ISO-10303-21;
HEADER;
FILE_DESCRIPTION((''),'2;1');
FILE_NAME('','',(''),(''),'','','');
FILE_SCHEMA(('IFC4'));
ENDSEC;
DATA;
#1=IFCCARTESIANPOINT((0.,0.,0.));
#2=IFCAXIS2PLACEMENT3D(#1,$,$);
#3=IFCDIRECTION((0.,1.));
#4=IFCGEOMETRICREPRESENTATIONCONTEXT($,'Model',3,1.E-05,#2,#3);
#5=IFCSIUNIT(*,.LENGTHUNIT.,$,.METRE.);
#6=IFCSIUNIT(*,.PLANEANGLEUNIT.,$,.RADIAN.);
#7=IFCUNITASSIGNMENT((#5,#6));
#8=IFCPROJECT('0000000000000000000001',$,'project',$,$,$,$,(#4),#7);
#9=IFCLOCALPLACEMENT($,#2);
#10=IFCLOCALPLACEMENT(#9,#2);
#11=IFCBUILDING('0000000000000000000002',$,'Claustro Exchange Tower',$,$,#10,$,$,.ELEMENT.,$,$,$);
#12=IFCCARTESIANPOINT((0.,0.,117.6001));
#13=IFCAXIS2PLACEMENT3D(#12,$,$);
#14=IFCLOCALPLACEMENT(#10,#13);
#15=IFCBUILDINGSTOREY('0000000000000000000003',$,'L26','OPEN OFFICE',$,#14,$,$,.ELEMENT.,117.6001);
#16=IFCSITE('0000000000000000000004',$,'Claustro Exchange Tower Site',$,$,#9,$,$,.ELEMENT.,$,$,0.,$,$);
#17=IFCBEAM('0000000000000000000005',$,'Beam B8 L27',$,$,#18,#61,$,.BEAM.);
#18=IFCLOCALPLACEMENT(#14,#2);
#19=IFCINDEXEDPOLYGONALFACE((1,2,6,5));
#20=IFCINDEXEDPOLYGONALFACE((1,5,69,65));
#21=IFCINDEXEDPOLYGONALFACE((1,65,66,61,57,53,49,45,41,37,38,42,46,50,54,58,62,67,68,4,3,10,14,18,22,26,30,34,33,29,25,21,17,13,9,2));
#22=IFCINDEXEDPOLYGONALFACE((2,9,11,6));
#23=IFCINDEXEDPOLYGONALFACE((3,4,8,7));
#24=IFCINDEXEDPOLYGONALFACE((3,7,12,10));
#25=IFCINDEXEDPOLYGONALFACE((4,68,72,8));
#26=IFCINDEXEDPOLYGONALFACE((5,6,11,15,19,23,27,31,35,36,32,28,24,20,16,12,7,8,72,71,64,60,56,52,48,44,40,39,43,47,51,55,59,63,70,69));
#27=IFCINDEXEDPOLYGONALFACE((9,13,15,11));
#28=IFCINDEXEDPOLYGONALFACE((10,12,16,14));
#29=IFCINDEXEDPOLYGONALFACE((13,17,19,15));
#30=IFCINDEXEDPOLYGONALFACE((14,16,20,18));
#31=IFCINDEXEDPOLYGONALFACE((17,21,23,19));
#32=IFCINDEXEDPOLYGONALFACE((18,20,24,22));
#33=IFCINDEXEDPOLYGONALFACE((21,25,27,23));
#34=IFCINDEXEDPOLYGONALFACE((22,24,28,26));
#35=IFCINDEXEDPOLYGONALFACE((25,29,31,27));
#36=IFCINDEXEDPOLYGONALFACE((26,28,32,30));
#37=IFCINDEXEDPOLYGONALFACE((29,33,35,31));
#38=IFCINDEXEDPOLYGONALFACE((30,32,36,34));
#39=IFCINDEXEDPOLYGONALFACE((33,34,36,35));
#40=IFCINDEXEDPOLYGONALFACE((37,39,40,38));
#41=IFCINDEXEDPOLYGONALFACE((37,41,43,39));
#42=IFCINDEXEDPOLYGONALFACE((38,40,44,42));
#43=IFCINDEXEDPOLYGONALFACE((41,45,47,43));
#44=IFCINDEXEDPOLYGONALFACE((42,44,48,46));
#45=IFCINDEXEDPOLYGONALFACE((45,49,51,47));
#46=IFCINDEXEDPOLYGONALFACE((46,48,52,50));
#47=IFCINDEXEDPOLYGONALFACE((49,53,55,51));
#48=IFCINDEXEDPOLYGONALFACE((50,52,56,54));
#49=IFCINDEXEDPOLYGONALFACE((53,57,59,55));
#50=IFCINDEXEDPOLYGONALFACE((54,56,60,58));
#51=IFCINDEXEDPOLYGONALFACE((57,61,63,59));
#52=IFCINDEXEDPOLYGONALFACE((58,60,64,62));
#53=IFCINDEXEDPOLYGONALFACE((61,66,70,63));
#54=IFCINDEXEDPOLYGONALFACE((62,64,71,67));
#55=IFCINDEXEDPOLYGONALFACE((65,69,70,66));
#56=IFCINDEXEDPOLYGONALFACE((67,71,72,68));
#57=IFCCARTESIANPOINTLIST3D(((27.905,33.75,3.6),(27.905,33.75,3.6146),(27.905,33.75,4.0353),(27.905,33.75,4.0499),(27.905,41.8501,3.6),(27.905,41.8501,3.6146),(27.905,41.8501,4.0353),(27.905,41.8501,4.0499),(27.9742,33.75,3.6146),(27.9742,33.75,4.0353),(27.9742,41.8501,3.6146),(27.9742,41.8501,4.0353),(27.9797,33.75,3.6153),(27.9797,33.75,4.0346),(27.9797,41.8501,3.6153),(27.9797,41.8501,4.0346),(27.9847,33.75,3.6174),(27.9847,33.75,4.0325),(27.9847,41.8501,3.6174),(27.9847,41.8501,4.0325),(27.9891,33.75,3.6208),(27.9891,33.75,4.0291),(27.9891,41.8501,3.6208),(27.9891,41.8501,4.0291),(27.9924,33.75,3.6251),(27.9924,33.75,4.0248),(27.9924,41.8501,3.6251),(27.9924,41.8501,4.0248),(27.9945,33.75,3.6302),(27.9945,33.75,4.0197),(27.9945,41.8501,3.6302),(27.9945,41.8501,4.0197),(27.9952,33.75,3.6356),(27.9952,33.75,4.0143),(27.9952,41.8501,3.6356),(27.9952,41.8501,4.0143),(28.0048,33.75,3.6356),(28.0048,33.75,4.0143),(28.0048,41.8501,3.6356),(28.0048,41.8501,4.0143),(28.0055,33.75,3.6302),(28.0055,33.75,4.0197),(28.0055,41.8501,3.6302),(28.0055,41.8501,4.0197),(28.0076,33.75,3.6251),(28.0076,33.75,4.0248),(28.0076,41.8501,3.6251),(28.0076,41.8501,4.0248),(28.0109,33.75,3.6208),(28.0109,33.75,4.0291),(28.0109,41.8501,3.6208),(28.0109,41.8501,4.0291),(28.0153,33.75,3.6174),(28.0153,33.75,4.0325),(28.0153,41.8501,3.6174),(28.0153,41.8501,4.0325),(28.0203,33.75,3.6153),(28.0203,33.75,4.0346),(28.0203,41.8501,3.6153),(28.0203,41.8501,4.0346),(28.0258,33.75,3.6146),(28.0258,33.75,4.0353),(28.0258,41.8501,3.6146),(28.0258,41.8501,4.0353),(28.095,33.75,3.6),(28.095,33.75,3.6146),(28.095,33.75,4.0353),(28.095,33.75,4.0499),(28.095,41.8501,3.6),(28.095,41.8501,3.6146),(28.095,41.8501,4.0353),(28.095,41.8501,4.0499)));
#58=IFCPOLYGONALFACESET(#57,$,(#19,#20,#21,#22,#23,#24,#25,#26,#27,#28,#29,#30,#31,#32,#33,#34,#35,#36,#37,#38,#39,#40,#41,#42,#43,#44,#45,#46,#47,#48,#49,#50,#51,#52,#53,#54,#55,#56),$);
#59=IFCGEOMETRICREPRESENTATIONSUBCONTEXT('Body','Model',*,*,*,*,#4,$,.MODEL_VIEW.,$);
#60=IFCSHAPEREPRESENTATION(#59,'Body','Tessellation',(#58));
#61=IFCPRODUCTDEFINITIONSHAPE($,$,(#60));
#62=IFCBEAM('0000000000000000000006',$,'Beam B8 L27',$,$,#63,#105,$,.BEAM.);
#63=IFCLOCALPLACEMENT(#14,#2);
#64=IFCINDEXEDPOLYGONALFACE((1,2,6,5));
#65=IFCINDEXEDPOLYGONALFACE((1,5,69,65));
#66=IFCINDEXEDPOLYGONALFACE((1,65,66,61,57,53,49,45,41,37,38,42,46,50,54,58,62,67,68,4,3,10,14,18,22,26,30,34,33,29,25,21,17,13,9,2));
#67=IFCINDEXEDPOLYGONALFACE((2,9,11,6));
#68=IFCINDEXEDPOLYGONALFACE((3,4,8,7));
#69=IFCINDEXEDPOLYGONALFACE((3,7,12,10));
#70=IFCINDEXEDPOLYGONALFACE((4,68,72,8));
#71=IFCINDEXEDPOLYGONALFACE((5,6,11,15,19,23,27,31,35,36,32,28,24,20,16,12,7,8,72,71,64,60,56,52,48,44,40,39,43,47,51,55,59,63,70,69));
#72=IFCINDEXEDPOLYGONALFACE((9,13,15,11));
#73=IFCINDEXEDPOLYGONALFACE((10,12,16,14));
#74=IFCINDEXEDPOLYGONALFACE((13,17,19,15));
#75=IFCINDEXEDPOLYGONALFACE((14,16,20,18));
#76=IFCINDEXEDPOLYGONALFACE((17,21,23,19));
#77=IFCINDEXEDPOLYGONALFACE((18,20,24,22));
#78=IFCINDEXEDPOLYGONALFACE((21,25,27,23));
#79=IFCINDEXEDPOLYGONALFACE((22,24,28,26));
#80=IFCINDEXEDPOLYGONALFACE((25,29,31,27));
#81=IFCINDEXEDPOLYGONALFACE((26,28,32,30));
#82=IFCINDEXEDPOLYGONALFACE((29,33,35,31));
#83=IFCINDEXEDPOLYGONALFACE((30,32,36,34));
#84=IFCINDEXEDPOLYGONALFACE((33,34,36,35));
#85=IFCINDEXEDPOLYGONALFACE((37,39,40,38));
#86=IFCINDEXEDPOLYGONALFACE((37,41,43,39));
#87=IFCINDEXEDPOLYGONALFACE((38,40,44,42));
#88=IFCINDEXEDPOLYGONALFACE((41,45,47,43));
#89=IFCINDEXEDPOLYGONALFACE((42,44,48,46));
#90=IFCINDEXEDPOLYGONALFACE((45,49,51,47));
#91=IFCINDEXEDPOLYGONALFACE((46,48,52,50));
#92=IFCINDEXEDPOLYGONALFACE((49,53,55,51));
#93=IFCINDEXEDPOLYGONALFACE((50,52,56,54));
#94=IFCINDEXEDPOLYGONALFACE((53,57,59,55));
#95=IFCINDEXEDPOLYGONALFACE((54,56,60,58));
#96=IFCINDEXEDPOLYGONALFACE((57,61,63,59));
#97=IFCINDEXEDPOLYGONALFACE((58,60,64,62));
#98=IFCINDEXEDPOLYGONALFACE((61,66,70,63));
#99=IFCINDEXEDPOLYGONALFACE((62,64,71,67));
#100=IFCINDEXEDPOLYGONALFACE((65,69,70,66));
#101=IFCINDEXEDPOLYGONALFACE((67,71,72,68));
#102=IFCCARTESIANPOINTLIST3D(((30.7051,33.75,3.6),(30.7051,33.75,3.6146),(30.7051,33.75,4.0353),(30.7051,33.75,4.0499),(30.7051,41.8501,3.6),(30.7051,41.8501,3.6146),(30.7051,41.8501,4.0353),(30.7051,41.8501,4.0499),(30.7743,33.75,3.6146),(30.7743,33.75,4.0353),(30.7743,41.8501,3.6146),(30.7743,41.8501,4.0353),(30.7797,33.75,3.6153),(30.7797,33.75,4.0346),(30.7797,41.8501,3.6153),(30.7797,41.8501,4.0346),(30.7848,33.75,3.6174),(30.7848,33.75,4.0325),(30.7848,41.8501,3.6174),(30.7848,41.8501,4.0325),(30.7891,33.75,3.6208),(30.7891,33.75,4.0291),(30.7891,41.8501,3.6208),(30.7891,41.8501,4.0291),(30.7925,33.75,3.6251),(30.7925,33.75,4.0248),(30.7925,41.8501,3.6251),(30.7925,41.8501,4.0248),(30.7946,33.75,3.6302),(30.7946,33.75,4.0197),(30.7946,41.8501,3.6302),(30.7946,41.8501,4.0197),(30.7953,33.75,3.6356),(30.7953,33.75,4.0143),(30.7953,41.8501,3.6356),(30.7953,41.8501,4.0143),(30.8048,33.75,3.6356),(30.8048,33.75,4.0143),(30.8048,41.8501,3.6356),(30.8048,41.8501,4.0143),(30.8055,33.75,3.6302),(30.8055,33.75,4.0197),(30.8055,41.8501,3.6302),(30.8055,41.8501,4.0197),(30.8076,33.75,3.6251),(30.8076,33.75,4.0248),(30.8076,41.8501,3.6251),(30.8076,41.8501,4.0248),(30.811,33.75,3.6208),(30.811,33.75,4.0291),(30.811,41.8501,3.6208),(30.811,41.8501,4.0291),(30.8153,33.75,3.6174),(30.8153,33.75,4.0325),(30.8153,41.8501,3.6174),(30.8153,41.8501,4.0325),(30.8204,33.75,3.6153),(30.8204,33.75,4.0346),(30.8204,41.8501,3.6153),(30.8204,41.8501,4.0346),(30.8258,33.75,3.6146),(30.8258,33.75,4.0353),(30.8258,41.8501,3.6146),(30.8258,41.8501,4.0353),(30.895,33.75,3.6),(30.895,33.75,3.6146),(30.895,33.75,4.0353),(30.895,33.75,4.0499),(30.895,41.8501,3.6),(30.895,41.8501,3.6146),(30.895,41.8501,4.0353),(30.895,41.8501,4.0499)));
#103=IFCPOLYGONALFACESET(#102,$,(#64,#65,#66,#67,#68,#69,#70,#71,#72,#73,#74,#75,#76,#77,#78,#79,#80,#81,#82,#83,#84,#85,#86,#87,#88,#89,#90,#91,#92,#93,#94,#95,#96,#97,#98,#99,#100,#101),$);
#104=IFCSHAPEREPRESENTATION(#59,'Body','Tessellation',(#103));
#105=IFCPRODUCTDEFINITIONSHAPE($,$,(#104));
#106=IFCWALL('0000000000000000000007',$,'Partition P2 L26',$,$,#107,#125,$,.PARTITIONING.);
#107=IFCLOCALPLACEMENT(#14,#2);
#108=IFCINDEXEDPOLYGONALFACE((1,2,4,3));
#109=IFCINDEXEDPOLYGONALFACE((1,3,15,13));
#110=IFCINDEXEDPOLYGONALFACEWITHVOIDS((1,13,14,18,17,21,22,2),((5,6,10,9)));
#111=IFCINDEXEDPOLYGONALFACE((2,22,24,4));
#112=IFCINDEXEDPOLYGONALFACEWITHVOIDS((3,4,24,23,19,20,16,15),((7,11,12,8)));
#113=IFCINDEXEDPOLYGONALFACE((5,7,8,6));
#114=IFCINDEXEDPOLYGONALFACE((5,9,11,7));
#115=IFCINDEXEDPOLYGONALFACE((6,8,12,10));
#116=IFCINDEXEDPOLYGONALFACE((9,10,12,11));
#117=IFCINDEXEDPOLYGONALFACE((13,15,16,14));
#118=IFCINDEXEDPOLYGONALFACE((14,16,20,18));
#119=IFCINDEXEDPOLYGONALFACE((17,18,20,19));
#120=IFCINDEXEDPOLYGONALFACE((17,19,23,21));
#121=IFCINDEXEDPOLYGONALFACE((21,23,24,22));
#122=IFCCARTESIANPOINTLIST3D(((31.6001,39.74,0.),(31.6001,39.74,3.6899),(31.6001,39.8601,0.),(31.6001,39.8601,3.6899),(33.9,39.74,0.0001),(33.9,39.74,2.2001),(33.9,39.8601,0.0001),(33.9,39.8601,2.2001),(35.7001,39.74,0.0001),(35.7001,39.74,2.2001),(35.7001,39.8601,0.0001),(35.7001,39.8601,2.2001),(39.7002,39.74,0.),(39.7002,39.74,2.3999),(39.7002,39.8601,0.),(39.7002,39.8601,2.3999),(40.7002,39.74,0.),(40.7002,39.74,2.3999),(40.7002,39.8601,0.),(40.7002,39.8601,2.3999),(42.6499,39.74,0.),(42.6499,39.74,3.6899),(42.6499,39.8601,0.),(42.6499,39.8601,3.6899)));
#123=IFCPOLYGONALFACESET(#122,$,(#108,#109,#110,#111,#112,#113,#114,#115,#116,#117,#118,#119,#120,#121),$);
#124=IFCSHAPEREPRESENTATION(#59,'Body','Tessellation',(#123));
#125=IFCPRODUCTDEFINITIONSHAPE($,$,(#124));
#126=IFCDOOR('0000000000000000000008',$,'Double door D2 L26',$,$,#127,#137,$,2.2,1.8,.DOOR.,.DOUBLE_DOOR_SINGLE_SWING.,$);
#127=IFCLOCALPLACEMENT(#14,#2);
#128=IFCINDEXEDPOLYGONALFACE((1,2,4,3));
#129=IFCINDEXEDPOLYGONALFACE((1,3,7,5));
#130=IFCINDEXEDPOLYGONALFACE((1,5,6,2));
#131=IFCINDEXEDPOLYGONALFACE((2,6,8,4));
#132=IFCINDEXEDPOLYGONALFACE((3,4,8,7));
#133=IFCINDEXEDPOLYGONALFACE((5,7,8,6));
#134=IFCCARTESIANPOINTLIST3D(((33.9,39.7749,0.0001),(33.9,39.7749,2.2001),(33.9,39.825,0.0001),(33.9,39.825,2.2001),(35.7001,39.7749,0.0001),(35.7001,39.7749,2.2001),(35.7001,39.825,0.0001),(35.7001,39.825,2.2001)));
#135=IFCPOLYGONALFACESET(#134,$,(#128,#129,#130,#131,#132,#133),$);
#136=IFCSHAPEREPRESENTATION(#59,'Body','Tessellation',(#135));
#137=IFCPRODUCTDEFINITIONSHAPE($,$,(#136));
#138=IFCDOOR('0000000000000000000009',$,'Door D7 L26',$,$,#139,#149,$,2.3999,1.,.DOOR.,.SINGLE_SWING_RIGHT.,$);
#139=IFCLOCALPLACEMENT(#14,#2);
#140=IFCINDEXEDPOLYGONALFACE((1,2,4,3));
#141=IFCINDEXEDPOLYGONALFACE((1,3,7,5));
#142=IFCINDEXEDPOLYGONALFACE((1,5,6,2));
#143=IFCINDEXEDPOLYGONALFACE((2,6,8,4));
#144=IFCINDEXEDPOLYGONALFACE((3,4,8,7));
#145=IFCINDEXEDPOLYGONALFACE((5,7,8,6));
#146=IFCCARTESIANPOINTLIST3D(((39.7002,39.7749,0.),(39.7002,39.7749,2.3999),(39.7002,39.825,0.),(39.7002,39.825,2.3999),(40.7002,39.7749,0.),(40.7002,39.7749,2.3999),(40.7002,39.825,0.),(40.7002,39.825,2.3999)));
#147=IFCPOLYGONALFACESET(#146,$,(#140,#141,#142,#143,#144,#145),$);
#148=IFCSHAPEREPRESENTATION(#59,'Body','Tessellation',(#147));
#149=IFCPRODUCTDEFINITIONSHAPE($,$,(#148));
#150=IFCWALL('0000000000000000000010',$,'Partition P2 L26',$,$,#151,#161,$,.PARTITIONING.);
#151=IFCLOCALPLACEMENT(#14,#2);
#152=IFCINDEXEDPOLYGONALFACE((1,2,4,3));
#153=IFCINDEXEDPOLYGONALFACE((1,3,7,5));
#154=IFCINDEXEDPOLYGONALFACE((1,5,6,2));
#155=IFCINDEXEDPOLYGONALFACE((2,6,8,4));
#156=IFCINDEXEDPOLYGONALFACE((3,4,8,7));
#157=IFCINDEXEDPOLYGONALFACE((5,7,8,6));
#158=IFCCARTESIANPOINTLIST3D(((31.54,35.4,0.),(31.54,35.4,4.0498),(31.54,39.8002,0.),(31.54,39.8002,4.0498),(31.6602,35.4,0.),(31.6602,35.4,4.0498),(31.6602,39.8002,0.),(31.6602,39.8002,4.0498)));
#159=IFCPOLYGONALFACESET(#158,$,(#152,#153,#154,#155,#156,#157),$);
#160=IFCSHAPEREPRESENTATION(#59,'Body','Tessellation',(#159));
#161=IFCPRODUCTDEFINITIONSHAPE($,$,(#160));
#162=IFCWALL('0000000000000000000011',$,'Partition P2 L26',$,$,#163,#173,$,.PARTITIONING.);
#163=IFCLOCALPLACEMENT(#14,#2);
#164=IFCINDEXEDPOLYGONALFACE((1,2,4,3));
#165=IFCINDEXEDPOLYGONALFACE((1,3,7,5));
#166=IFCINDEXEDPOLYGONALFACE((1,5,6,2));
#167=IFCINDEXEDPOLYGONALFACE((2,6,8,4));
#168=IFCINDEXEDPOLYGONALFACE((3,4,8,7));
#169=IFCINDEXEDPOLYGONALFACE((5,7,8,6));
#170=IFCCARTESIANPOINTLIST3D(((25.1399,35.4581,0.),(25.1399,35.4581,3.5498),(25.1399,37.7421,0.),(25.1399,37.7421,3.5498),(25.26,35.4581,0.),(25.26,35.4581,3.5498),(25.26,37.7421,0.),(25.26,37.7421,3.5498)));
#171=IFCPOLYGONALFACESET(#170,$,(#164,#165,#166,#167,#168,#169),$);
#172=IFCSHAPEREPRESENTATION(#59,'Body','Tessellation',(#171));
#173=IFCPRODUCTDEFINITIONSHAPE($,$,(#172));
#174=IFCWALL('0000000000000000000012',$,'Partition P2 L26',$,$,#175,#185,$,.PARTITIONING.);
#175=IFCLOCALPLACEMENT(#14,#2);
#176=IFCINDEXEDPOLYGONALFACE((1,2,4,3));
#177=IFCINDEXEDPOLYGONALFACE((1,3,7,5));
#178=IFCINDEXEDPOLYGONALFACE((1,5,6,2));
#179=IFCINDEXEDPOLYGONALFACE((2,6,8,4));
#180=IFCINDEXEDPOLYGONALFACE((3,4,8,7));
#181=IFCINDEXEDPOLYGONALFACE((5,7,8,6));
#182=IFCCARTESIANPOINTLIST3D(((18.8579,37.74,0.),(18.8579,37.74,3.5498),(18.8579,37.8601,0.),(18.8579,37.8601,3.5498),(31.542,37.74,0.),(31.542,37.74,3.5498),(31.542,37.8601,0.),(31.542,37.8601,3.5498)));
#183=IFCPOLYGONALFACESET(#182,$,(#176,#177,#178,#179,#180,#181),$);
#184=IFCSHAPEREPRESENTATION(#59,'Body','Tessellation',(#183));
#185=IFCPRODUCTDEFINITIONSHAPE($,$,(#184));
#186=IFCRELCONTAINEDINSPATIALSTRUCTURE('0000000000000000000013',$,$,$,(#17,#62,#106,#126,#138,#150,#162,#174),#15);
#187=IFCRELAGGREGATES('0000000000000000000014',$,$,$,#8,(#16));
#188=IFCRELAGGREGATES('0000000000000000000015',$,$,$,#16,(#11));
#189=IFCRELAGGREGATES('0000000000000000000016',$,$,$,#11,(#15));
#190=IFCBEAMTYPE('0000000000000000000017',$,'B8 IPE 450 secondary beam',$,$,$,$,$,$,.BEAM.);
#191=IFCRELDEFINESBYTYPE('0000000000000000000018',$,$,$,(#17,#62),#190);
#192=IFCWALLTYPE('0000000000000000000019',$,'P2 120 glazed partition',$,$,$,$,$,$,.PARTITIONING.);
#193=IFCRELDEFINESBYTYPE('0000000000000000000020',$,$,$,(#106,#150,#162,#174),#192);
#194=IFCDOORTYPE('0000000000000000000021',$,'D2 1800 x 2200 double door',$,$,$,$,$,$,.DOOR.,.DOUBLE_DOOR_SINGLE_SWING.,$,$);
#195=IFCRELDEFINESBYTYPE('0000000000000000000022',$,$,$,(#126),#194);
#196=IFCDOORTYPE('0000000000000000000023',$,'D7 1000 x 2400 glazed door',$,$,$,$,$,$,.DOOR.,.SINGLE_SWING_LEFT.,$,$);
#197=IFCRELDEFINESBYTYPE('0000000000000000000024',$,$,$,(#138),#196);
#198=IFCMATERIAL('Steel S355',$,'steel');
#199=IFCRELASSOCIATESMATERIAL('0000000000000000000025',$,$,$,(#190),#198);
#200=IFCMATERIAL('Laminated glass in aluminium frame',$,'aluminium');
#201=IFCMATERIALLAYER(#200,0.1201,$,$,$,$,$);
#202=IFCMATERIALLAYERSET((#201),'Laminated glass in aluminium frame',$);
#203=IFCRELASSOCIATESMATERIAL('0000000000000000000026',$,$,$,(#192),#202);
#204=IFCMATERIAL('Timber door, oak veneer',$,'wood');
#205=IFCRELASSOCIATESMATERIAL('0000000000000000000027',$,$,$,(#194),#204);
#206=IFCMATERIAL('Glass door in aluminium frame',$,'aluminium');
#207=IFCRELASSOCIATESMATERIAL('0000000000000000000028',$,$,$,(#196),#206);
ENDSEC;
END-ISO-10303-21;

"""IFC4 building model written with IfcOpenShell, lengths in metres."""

from ifc_helpers import new_model, si_unit, direction, frame, frame_2d, origin, origin_2d, place, context, subcontext, project, spatial, rectangle, i_section, extrude, material, layer, layer_set, material_profile, profile_set, type_object, element, fill, save


model = new_model("IFC4")

# Units and contexts
model_context = context("Model", 3, precision=1e-05, world=origin(), true_north=direction((0.0, 1.0)))
body_context = subcontext(model_context, "Body", "Model", "MODEL_VIEW")
ifc_project = project(units=[si_unit("LENGTHUNIT", "METRE"), si_unit("PLANEANGLEUNIT", "RADIAN")], contexts=[model_context])

# Site, building, storey
site_placement = place(None, origin())
site = spatial("IfcSite", under=ifc_project, at=site_placement, Name="Claustro Exchange Tower Site", CompositionType="ELEMENT", RefElevation=0.0)
building_placement = place(site_placement, origin())
building = spatial("IfcBuilding", under=site, at=building_placement, Name="Claustro Exchange Tower", CompositionType="ELEMENT")
storey_placement = place(building_placement, frame((0.0, 0.0, 117.6001)))
storey = spatial("IfcBuildingStorey", under=building, at=storey_placement, Name="L26", Description="OPEN OFFICE", CompositionType="ELEMENT", Elevation=117.6001)

# Beams
ifc_material_1 = material(Name="Steel S355", Category="steel")
ifc_material_profile_1 = material_profile(ifc_material_1, i_section(OverallWidth=0.1899, OverallDepth=0.45, WebThickness=0.0095, FlangeThickness=0.0146, FilletRadius=0.021, at=origin_2d()), Name="IPE 450")
ifc_profile_set_1 = profile_set([ifc_material_profile_1], Name="Steel S355")
beam_type_1 = type_object("IfcBeamType", Name="B8 IPE 450 secondary beam", PredefinedType="BEAM", material=ifc_profile_set_1)
for number, where, z_axis, x_axis, name in (
    (1, (28.0, 33.75, 3.825), (0.0, 1.0, 0.0), (-1.0, 0.0, 0.0), "Beam B8 L27"),
    (2, (30.8, 33.75, 3.825), (0.0, 1.0, 0.0), (-1.0, 0.0, 0.0), "Beam B8 L27"),
):
    element("IfcBeam", number, at=place(storey_placement, frame(where, z_axis=z_axis, x_axis=x_axis)), inside=storey, type_object=beam_type_1, Name=name, PredefinedType="BEAM", context=body_context, shape_type="SweptSolid", body=[
        extrude(i_section(OverallWidth=0.1899, OverallDepth=0.45, WebThickness=0.0095, FlangeThickness=0.0146, FilletRadius=0.021, at=origin_2d()), origin(), (0.0, 0.0, 1.0), 8.1001),
    ])

# Wall, openings, doors
ifc_material_2 = material(Name="Laminated glass in aluminium frame", Category="aluminium")
ifc_layer_1 = layer(ifc_material_2, 0.1201)
ifc_layer_set_1 = layer_set([ifc_layer_1], Name="Laminated glass in aluminium frame")
wall_type_1 = type_object("IfcWallType", Name="P2 120 glazed partition", PredefinedType="PARTITIONING", material=ifc_layer_set_1)
wall_1_placement = place(storey_placement, frame((31.6001, 39.8, 0.0), z_axis=(0.0, 0.0, 1.0), x_axis=(1.0, 0.0, 0.0)))
wall_1 = element("IfcWall", 3, at=wall_1_placement, inside=storey, type_object=wall_type_1, Name="Partition P2 L26", PredefinedType="PARTITIONING", context=body_context, shape_type="SweptSolid", body=[
    extrude(rectangle(XDim=11.0498, YDim=0.1201, at=frame_2d((5.5249, 0.0))), origin(), (0.0, 0.0, 1.0), 3.6899),
])
opening_1_placement = place(wall_1_placement, frame((2.3, 0.0, 0.0)))
opening_1 = element("IfcOpeningElement", 4, at=opening_1_placement, cuts=wall_1, PredefinedType="OPENING", context=body_context, shape_type="SweptSolid", body=[
    extrude(rectangle(XDim=1.8, YDim=2.2, at=frame_2d((0.8999, 1.1001))), frame((0.0, 0.0701, 0.0), z_axis=(0.0, -1.0, 0.0), x_axis=(1.0, 0.0, 0.0)), (0.0, 0.0, 1.0), 0.1401),
])
opening_2_placement = place(wall_1_placement, frame((8.1001, 0.0, 0.0)))
opening_2 = element("IfcOpeningElement", 5, at=opening_2_placement, cuts=wall_1, PredefinedType="OPENING", context=body_context, shape_type="SweptSolid", body=[
    extrude(rectangle(XDim=1.0, YDim=2.3999, at=frame_2d((0.5, 1.2))), frame((0.0, 0.0701, 0.0), z_axis=(0.0, -1.0, 0.0), x_axis=(1.0, 0.0, 0.0)), (0.0, 0.0, 1.0), 0.1401),
])
ifc_material_3 = material(Name="Timber door, oak veneer", Category="wood")
door_type_1 = type_object("IfcDoorType", Name="D2 1800 x 2200 double door", OperationType="DOUBLE_DOOR_SINGLE_SWING", PredefinedType="DOOR", material=ifc_material_3)
door_1_placement = place(opening_1_placement, origin())
door_1 = element("IfcDoor", 6, at=door_1_placement, inside=storey, type_object=door_type_1, Name="Double door D2 L26", OperationType="DOUBLE_DOOR_SINGLE_SWING", OverallHeight=2.2, OverallWidth=1.8, PredefinedType="DOOR", context=body_context, shape_type="SweptSolid", body=[
    extrude(rectangle(XDim=1.8, YDim=2.2, at=frame_2d((0.8999, 1.1001))), frame((0.0, 0.0249, 0.0), z_axis=(0.0, -1.0, 0.0), x_axis=(1.0, 0.0, 0.0)), (0.0, 0.0, 1.0), 0.05),
])
fill(opening_1, door_1)
ifc_material_4 = material(Name="Glass door in aluminium frame", Category="aluminium")
door_type_2 = type_object("IfcDoorType", Name="D7 1000 x 2400 glazed door", OperationType="SINGLE_SWING_LEFT", PredefinedType="DOOR", material=ifc_material_4)
door_2_placement = place(opening_2_placement, origin())
door_2 = element("IfcDoor", 7, at=door_2_placement, inside=storey, type_object=door_type_2, Name="Door D7 L26", OperationType="SINGLE_SWING_RIGHT", OverallHeight=2.3999, OverallWidth=1.0, PredefinedType="DOOR", context=body_context, shape_type="SweptSolid", body=[
    extrude(rectangle(XDim=1.0, YDim=2.3999, at=frame_2d((0.5, 1.2))), frame((0.0, 0.0249, 0.0), z_axis=(0.0, -1.0, 0.0), x_axis=(1.0, 0.0, 0.0)), (0.0, 0.0, 1.0), 0.05),
])
fill(opening_2, door_2)

# Walls
wall_2_placement = place(storey_placement, frame((31.6001, 35.3999, 0.0), z_axis=(0.0, 0.0, 1.0), x_axis=(0.0, 1.0, 0.0)))
element("IfcWall", 8, at=wall_2_placement, inside=storey, type_object=wall_type_1, Name="Partition P2 L26", PredefinedType="PARTITIONING", context=body_context, shape_type="SweptSolid", body=[
    extrude(rectangle(XDim=4.4001, YDim=0.1201, at=frame_2d((2.2002, 0.0))), origin(), (0.0, 0.0, 1.0), 4.0498),
])
wall_3_placement = place(storey_placement, frame((25.2, 35.458, 0.0), z_axis=(0.0, 0.0, 1.0), x_axis=(0.0, 1.0, 0.0)))
element("IfcWall", 9, at=wall_3_placement, inside=storey, type_object=wall_type_1, Name="Partition P2 L26", PredefinedType="PARTITIONING", context=body_context, shape_type="SweptSolid", body=[
    extrude(rectangle(XDim=2.2839, YDim=0.1201, at=frame_2d((1.1421, 0.0))), origin(), (0.0, 0.0, 1.0), 3.5498),
])
wall_4_placement = place(storey_placement, frame((18.8579, 37.8, 0.0), z_axis=(0.0, 0.0, 1.0), x_axis=(1.0, 0.0, 0.0)))
element("IfcWall", 10, at=wall_4_placement, inside=storey, type_object=wall_type_1, Name="Partition P2 L26", PredefinedType="PARTITIONING", context=body_context, shape_type="SweptSolid", body=[
    extrude(rectangle(XDim=12.6841, YDim=0.1201, at=frame_2d((6.342, 0.0))), origin(), (0.0, 0.0, 1.0), 3.5498),
])

save(model, "model.ifc")
